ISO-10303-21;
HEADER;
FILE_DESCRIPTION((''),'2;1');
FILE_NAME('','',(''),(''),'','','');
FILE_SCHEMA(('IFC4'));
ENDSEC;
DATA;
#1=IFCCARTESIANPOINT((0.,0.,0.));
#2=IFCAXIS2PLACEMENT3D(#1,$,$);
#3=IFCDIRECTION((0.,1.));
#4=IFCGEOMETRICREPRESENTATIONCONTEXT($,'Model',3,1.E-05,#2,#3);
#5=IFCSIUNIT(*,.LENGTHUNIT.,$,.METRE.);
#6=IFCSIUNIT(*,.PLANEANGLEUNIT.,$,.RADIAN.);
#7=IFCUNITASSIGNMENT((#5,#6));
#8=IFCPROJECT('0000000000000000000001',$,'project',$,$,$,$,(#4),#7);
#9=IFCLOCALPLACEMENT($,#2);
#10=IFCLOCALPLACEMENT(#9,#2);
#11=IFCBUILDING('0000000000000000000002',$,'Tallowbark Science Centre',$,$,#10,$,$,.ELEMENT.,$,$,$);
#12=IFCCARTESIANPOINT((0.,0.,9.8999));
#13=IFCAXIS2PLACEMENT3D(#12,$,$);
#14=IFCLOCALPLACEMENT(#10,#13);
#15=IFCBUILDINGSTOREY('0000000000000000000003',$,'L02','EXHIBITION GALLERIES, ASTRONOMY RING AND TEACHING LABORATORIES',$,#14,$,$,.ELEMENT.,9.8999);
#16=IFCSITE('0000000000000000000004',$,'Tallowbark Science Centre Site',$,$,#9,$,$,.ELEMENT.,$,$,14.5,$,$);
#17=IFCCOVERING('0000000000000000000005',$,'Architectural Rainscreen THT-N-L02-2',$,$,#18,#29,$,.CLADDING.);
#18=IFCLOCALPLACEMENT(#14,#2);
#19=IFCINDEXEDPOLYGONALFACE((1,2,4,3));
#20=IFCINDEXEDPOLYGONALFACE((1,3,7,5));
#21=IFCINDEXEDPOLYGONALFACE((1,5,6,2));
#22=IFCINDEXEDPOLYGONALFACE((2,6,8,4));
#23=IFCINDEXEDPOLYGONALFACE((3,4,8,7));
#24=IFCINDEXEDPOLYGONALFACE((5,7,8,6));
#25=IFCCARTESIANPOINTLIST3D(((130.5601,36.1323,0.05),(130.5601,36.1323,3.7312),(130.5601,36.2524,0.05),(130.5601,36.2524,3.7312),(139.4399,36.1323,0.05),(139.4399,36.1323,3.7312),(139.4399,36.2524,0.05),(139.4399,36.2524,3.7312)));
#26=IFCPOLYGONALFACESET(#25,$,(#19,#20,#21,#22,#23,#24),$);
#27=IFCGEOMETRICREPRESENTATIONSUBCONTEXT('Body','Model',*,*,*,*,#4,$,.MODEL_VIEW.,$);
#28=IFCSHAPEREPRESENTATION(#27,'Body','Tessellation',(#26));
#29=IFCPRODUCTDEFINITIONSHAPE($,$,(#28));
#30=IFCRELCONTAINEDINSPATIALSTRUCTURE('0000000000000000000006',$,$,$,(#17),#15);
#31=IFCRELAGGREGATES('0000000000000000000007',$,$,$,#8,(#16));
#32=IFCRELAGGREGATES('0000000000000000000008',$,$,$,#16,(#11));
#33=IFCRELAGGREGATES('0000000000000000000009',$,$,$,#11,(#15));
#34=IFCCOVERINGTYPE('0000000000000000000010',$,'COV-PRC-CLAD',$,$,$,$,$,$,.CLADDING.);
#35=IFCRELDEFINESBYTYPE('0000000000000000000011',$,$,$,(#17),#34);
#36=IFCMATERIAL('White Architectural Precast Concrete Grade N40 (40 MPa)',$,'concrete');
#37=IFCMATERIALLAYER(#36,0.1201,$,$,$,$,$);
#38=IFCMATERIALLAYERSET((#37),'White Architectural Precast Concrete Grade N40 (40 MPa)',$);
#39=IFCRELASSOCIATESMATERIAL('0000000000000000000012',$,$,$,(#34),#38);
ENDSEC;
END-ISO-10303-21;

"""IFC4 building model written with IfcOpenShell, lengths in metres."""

from ifc_helpers import new_model, si_unit, direction, frame, origin, origin_2d, place, context, subcontext, project, spatial, rectangle, extrude, material, layer, layer_set, type_object, element, save


model = new_model("IFC4")

# Units and contexts
model_context = context("Model", 3, precision=1e-05, world=origin(), true_north=direction((0.0, 1.0)))
body_context = subcontext(model_context, "Body", "Model", "MODEL_VIEW")
ifc_project = project(units=[si_unit("LENGTHUNIT", "METRE"), si_unit("PLANEANGLEUNIT", "RADIAN")], contexts=[model_context])

# Site, building, storey
site_placement = place(None, origin())
site = spatial("IfcSite", under=ifc_project, at=site_placement, Name="Tallowbark Science Centre Site", CompositionType="ELEMENT", RefElevation=14.5)
building_placement = place(site_placement, origin())
building = spatial("IfcBuilding", under=site, at=building_placement, Name="Tallowbark Science Centre", CompositionType="ELEMENT")
storey_placement = place(building_placement, frame((0.0, 0.0, 9.8999)))
storey = spatial("IfcBuildingStorey", under=building, at=storey_placement, Name="L02", Description="EXHIBITION GALLERIES, ASTRONOMY RING AND TEACHING LABORATORIES", CompositionType="ELEMENT", Elevation=9.8999)

# Covering
ifc_material_1 = material(Name="White Architectural Precast Concrete Grade N40 (40 MPa)", Category="concrete")
ifc_layer_1 = layer(ifc_material_1, 0.1201)
ifc_layer_set_1 = layer_set([ifc_layer_1], Name="White Architectural Precast Concrete Grade N40 (40 MPa)")
covering_type = type_object("IfcCoveringType", Name="COV-PRC-CLAD", PredefinedType="CLADDING", material=ifc_layer_set_1)
for number, where, z_axis, x_axis, name in (
    (1, (135.0, 36.1924, 0.05), (0.0, 0.0, 1.0), (-1.0, 0.0, 0.0), "Architectural Rainscreen THT-N-L02-2"),
):
    element("IfcCovering", number, at=place(storey_placement, frame(where, z_axis=z_axis, x_axis=x_axis)), inside=storey, type_object=covering_type, Name=name, PredefinedType="CLADDING", context=body_context, shape_type="SweptSolid", body=[
        extrude(rectangle(XDim=8.8799, YDim=0.1201, at=origin_2d()), origin(), (0.0, 0.0, 1.0), 3.6812),
    ])

save(model, "model.ifc")
